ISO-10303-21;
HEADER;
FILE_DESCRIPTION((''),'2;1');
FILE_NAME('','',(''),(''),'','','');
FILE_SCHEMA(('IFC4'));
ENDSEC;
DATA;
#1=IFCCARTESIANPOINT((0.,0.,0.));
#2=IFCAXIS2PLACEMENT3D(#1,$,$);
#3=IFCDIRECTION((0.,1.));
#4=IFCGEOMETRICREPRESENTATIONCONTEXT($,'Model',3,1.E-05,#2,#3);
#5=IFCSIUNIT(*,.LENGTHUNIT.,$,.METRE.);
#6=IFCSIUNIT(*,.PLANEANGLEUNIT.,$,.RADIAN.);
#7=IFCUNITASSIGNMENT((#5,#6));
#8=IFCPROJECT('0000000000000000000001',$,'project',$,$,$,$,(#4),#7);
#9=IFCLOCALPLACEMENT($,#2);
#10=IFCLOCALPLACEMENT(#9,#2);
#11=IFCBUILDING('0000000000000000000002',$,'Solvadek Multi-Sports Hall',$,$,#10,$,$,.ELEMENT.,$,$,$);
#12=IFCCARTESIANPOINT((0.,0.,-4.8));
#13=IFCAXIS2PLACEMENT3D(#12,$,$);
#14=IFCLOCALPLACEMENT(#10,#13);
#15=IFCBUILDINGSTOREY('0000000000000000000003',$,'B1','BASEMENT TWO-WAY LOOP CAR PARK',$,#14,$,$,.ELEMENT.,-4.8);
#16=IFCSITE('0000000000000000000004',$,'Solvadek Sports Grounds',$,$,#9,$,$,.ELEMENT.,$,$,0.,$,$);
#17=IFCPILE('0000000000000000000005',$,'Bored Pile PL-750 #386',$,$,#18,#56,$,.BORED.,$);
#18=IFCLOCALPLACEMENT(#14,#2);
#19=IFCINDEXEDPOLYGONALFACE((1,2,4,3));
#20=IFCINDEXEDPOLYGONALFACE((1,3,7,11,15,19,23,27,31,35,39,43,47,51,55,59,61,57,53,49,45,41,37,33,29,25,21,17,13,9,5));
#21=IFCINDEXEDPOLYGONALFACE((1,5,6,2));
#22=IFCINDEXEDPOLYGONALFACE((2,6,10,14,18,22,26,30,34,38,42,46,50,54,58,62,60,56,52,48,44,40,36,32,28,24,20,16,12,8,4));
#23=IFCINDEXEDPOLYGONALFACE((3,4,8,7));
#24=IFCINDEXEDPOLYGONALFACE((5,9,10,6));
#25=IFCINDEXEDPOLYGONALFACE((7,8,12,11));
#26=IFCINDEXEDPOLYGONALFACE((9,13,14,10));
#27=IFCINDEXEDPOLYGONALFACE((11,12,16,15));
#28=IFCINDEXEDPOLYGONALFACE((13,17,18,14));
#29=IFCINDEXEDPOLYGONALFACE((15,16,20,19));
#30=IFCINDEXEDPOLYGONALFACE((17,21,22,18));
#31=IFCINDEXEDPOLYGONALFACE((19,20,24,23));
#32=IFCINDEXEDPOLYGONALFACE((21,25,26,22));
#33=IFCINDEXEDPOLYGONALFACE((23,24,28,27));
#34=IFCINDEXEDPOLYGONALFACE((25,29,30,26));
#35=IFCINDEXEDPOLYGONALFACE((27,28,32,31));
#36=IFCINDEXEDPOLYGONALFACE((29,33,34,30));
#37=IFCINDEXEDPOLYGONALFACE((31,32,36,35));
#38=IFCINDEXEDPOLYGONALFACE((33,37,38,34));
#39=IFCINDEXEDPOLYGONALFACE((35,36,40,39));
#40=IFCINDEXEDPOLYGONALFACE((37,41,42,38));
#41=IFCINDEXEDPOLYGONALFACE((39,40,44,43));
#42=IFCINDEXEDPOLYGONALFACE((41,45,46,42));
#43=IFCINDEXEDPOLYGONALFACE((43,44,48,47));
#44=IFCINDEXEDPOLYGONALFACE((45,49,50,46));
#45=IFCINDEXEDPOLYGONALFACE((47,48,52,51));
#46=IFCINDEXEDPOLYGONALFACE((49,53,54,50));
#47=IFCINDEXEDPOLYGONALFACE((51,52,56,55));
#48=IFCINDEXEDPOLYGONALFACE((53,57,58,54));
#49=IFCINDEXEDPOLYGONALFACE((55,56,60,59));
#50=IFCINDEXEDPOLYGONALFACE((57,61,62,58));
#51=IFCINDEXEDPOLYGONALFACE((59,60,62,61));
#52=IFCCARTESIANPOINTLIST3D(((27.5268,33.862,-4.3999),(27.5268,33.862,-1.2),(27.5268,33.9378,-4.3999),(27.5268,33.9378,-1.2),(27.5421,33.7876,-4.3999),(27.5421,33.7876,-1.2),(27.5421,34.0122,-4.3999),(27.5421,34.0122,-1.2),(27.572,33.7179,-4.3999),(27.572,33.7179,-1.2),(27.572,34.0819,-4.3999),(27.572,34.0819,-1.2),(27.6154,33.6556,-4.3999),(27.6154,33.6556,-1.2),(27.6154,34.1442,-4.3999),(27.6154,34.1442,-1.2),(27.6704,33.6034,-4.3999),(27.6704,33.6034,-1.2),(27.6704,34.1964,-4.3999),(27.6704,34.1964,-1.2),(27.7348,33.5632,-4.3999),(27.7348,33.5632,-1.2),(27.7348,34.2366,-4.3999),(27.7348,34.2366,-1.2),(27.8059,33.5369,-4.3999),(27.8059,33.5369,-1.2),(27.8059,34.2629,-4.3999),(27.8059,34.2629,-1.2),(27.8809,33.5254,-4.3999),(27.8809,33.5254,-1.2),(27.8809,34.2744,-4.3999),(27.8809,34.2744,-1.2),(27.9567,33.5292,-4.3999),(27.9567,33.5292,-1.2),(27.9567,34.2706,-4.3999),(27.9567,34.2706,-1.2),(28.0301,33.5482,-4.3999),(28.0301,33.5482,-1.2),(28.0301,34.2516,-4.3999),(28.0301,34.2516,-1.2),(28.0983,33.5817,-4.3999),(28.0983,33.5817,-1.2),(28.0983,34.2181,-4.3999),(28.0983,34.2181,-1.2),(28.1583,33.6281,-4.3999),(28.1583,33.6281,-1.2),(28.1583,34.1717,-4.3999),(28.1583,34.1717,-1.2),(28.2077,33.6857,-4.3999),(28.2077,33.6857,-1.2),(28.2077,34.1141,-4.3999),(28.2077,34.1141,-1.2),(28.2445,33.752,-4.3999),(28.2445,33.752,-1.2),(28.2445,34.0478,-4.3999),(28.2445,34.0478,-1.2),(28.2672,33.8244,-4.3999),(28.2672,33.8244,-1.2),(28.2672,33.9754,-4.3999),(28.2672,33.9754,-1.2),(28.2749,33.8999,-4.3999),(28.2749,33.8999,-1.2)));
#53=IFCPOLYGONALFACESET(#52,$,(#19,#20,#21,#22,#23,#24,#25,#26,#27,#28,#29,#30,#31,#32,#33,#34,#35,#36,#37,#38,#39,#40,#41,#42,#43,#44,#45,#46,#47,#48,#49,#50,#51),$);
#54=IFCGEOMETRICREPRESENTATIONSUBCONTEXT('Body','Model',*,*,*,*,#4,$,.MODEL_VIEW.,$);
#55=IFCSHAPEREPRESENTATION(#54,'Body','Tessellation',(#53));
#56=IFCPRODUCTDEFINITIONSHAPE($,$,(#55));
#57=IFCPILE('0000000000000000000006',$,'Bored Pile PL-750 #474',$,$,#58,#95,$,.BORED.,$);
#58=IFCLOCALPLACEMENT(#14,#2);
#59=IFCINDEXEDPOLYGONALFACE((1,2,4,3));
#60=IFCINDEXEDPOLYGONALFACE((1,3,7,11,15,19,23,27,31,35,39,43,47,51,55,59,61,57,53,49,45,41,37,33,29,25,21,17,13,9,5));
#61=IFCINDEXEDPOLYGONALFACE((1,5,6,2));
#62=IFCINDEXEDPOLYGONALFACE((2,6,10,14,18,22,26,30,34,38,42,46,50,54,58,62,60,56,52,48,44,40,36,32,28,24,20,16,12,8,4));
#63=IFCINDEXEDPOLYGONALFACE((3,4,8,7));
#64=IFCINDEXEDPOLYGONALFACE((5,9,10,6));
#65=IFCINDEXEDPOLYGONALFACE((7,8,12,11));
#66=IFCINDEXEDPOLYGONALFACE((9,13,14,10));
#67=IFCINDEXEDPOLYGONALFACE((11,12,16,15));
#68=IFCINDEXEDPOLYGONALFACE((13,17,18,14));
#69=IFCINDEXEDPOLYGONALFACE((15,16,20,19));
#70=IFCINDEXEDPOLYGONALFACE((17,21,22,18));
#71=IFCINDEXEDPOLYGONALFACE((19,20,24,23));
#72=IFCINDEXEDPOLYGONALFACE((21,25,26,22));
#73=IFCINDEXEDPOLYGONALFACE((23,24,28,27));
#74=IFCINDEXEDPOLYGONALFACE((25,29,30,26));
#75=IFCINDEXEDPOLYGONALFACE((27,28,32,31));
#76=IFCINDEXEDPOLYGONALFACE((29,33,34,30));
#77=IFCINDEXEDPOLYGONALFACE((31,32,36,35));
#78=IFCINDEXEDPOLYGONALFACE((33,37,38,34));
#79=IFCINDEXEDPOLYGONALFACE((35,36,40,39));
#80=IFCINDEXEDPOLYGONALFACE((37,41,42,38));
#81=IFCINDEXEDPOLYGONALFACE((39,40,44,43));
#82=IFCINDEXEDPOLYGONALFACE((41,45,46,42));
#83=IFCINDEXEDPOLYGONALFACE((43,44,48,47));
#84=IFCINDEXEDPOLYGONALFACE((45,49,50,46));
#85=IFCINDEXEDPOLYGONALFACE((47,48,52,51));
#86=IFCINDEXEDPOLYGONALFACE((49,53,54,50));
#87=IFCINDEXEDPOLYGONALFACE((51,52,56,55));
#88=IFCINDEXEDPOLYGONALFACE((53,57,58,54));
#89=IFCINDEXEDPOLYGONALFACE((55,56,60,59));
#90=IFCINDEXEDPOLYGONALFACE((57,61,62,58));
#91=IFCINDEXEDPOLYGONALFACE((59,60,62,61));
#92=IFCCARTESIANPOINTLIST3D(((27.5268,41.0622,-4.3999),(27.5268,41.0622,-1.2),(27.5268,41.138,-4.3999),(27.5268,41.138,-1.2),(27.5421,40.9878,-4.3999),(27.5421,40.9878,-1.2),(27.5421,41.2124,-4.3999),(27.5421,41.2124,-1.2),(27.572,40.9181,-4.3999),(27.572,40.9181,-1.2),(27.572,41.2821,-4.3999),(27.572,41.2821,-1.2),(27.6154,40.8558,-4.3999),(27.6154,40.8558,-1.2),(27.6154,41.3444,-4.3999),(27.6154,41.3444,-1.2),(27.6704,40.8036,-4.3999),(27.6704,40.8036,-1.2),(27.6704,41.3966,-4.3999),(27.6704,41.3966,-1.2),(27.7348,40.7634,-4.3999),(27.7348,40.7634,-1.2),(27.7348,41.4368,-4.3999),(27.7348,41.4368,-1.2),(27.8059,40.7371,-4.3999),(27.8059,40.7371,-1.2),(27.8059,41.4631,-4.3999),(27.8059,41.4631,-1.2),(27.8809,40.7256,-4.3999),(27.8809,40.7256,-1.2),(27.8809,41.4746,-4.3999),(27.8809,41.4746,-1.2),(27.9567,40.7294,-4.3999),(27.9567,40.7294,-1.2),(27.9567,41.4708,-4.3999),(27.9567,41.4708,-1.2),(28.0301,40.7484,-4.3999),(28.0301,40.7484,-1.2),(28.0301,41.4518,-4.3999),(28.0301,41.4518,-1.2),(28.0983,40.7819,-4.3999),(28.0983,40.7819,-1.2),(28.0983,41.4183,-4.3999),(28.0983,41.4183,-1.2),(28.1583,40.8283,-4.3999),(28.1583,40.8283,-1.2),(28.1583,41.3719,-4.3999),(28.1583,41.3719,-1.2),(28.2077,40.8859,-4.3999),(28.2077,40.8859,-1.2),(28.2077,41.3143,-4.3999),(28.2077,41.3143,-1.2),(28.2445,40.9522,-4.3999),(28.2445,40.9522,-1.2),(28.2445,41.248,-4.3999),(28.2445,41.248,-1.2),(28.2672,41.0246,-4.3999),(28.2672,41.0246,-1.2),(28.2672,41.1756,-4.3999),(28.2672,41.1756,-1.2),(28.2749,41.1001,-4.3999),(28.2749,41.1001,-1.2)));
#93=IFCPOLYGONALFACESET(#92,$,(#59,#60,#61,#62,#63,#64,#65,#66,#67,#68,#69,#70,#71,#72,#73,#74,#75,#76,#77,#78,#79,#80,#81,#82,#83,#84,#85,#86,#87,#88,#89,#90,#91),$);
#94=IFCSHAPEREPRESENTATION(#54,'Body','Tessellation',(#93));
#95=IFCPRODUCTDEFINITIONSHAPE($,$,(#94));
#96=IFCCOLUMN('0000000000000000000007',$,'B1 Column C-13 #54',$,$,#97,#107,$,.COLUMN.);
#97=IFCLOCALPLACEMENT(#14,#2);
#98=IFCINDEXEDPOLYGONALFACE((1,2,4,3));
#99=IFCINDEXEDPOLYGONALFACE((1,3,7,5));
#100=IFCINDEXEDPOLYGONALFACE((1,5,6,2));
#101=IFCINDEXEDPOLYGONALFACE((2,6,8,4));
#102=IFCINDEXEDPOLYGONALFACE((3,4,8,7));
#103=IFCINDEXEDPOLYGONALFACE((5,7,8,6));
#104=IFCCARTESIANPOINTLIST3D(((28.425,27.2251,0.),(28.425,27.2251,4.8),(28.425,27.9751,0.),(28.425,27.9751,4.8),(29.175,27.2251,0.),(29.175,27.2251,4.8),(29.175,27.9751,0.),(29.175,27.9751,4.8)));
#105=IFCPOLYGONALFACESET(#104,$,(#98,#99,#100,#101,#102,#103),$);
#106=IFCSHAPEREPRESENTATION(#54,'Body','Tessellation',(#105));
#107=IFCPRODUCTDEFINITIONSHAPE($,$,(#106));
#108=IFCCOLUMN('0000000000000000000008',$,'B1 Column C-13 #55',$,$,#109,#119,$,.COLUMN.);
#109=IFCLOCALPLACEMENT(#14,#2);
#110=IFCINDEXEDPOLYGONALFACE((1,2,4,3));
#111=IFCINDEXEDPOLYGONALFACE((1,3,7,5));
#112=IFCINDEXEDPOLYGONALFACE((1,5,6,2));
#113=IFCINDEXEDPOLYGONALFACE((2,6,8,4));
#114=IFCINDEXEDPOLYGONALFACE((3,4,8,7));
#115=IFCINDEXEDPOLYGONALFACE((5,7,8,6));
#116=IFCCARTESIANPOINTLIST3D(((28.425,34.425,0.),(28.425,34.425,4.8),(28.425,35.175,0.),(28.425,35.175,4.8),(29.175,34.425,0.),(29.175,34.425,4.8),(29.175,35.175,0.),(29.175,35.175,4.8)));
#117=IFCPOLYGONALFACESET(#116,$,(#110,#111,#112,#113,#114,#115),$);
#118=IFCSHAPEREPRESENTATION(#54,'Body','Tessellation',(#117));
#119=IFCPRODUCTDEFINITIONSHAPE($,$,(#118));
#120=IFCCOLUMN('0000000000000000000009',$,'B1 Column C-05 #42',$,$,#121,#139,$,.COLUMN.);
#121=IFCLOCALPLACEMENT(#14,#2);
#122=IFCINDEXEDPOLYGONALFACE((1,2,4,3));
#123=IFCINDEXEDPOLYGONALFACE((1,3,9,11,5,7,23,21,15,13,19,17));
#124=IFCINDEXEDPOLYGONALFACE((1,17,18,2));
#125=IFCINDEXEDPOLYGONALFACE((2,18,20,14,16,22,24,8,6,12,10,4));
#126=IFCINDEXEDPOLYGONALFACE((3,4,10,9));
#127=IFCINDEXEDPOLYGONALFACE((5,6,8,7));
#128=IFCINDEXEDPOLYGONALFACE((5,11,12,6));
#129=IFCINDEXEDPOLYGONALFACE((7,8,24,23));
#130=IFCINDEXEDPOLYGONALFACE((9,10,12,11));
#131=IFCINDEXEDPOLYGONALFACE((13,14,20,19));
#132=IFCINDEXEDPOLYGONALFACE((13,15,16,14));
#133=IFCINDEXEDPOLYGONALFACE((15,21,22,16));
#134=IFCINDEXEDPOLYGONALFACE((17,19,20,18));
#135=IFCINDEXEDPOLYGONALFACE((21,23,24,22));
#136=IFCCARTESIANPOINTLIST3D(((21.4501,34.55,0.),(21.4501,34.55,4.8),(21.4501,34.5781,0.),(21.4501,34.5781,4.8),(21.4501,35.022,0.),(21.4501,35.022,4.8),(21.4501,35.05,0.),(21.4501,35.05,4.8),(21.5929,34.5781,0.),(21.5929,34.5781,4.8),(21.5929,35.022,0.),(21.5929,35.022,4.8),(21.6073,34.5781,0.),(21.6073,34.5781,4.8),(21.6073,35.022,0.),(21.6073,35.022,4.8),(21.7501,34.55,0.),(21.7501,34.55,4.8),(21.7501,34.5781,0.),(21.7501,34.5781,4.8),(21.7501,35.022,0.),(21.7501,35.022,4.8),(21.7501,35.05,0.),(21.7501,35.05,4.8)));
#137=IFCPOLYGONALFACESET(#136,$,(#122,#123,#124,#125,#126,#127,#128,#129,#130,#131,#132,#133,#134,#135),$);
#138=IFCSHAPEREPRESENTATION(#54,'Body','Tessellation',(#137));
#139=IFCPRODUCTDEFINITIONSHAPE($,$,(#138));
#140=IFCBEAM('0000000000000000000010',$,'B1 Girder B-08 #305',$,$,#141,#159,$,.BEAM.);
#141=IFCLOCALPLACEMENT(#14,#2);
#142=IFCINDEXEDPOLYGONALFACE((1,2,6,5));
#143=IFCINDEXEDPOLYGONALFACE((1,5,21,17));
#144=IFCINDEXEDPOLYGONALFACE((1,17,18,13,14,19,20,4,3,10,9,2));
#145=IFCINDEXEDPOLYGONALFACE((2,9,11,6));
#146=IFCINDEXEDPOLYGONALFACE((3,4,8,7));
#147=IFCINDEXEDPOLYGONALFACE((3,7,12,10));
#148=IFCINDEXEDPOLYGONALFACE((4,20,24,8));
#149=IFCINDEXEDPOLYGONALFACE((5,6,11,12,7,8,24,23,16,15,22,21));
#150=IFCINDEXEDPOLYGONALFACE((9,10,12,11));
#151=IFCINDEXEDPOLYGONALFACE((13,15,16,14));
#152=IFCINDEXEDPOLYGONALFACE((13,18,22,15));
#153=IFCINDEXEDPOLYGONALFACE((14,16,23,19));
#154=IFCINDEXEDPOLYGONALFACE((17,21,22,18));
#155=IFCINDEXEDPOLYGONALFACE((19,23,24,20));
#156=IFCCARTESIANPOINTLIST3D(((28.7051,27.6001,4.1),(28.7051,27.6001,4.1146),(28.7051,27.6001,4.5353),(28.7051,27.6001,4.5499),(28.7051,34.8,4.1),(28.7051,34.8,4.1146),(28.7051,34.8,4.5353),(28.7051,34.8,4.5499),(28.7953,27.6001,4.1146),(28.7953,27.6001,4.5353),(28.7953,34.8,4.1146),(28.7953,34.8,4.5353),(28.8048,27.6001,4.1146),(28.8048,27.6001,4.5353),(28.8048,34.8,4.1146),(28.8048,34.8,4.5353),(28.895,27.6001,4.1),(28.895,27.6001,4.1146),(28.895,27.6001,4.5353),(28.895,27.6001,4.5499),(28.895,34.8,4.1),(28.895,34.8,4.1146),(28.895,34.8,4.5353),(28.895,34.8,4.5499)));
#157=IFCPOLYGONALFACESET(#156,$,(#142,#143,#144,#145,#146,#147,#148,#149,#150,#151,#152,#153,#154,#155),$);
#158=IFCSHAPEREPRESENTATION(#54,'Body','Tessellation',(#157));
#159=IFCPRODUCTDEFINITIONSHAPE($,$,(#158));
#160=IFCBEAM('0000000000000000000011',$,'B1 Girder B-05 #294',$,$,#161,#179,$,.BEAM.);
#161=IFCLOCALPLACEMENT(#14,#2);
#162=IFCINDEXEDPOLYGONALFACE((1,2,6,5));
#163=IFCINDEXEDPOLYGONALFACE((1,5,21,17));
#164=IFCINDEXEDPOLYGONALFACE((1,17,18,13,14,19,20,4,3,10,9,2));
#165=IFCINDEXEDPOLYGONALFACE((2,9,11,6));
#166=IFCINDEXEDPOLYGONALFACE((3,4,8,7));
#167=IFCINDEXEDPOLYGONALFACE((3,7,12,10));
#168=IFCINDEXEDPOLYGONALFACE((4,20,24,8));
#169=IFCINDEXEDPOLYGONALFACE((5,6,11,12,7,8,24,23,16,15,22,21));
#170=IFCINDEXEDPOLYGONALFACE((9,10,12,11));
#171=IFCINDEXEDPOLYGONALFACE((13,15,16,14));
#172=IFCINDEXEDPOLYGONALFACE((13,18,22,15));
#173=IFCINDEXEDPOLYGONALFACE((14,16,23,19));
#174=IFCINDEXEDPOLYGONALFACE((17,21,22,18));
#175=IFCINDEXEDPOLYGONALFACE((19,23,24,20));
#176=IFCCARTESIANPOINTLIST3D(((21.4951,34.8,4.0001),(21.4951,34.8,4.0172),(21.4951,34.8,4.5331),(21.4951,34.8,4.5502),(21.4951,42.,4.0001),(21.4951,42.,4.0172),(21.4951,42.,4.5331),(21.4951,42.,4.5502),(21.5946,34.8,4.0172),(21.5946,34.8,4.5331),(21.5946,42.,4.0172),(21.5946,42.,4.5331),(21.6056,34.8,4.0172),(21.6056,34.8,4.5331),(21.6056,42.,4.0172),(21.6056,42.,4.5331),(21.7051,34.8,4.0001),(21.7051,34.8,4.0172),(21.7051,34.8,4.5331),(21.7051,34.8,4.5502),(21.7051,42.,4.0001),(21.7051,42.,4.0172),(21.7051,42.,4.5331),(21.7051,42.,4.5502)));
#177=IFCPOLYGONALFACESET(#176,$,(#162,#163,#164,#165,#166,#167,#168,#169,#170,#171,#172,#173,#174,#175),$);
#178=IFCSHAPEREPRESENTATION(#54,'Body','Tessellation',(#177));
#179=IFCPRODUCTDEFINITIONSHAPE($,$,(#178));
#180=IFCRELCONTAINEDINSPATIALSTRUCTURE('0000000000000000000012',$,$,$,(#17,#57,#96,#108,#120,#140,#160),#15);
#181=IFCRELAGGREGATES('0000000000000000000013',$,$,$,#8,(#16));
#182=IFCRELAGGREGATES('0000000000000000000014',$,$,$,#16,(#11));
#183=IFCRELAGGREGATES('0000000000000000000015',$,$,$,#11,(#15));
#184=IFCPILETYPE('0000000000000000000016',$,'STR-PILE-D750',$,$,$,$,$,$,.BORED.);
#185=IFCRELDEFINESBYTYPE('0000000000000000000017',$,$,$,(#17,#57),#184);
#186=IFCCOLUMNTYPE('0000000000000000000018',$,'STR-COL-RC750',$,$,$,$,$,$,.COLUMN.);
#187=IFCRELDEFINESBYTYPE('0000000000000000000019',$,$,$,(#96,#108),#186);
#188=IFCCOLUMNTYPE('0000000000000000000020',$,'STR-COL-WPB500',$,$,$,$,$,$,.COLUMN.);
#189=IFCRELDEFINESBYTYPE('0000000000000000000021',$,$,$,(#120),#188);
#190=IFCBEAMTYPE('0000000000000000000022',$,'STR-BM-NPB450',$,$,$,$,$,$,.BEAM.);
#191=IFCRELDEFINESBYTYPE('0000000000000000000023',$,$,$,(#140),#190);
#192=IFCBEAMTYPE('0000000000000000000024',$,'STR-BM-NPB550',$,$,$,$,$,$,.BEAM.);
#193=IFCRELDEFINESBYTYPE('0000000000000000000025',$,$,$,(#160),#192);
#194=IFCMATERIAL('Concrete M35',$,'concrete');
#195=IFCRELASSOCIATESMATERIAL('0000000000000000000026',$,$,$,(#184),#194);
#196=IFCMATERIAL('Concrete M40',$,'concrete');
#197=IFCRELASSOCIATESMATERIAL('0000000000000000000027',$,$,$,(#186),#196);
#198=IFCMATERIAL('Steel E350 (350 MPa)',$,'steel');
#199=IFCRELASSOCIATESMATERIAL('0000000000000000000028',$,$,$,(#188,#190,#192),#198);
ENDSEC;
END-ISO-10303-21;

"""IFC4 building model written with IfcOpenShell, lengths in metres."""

from ifc_helpers import new_model, si_unit, direction, frame, origin, origin_2d, place, context, subcontext, project, spatial, rectangle, circle, i_section, extrude, material, material_profile, profile_set, type_object, element, save


model = new_model("IFC4")

# Units and contexts
model_context = context("Model", 3, precision=1e-05, world=origin(), true_north=direction((0.0, 1.0)))
body_context = subcontext(model_context, "Body", "Model", "MODEL_VIEW")
ifc_project = project(units=[si_unit("LENGTHUNIT", "METRE"), si_unit("PLANEANGLEUNIT", "RADIAN")], contexts=[model_context])

# Site, building, storey
site_placement = place(None, origin())
site = spatial("IfcSite", under=ifc_project, at=site_placement, Name="Solvadek Sports Grounds", CompositionType="ELEMENT", RefElevation=0.0)
building_placement = place(site_placement, origin())
building = spatial("IfcBuilding", under=site, at=building_placement, Name="Solvadek Multi-Sports Hall", CompositionType="ELEMENT")
storey_placement = place(building_placement, frame((0.0, 0.0, -4.8)))
storey = spatial("IfcBuildingStorey", under=building, at=storey_placement, Name="B1", Description="BASEMENT TWO-WAY LOOP CAR PARK", CompositionType="ELEMENT", Elevation=-4.8)

# Shared definitions
ifc_material_1 = material(Name="Concrete M40", Category="concrete")

# Piles
ifc_material_2 = material(Name="Concrete M35", Category="concrete")
ifc_material_profile_1 = material_profile(ifc_material_2, circle(Radius=0.375, at=origin_2d()), Name="BORED PILE D750")
ifc_profile_set_1 = profile_set([ifc_material_profile_1], Name="Concrete M35")
pile_type = type_object("IfcPileType", Name="STR-PILE-D750", PredefinedType="BORED", material=ifc_profile_set_1)
for number, where, z_axis, x_axis, name in (
    (1, (27.8999, 33.8999, -1.2), (0.0, 0.0, -1.0), (1.0, 0.0, 0.0), "Bored Pile PL-750 #386"),
    (2, (27.8999, 41.1001, -1.2), (0.0, 0.0, -1.0), (1.0, 0.0, 0.0), "Bored Pile PL-750 #474"),
):
    element("IfcPile", number, at=place(storey_placement, frame(where, z_axis=z_axis, x_axis=x_axis)), inside=storey, type_object=pile_type, Name=name, PredefinedType="BORED", context=body_context, shape_type="SweptSolid", body=[
        extrude(circle(Radius=0.375, at=origin_2d()), origin(), (0.0, 0.0, 1.0), 3.2),
    ])

# Columns
ifc_material_profile_2 = material_profile(ifc_material_1, rectangle(XDim=0.75, YDim=0.75, at=origin_2d()), Name="RC 750x750")
ifc_profile_set_2 = profile_set([ifc_material_profile_2], Name="Concrete M40")
column_type_1 = type_object("IfcColumnType", Name="STR-COL-RC750", PredefinedType="COLUMN", material=ifc_profile_set_2)
for number, where, z_axis, x_axis, name in (
    (3, (28.8, 27.6001, 0.0), (0.0, 0.0, 1.0), (1.0, 0.0, 0.0), "B1 Column C-13 #54"),
    (4, (28.8, 34.8, 0.0), (0.0, 0.0, 1.0), (1.0, 0.0, 0.0), "B1 Column C-13 #55"),
):
    element("IfcColumn", number, at=place(storey_placement, frame(where, z_axis=z_axis, x_axis=x_axis)), inside=storey, type_object=column_type_1, Name=name, PredefinedType="COLUMN", context=body_context, shape_type="SweptSolid", body=[
        extrude(rectangle(XDim=0.75, YDim=0.75, at=origin_2d()), origin(), (0.0, 0.0, 1.0), 4.8),
    ])
ifc_material_3 = material(Name="Steel E350 (350 MPa)", Category="steel")
ifc_material_profile_3 = material_profile(ifc_material_3, i_section(OverallWidth=0.3, OverallDepth=0.5, WebThickness=0.0144, FlangeThickness=0.0281, at=origin_2d()), Name="WPB 500")
ifc_profile_set_3 = profile_set([ifc_material_profile_3], Name="Steel E350 (350 MPa)")
column_type_2 = type_object("IfcColumnType", Name="STR-COL-WPB500", PredefinedType="COLUMN", material=ifc_profile_set_3)
column_placement = place(storey_placement, frame((21.6001, 34.8, 0.0), z_axis=(0.0, 0.0, 1.0), x_axis=(1.0, 0.0, 0.0)))
element("IfcColumn", 5, at=column_placement, inside=storey, type_object=column_type_2, Name="B1 Column C-05 #42", PredefinedType="COLUMN", context=body_context, shape_type="SweptSolid", body=[
    extrude(i_section(OverallWidth=0.3, OverallDepth=0.5, WebThickness=0.0144, FlangeThickness=0.0281, at=origin_2d()), origin(), (0.0, 0.0, 1.0), 4.8),
])

# Beams
ifc_material_profile_4 = material_profile(ifc_material_3, i_section(OverallWidth=0.1899, OverallDepth=0.45, WebThickness=0.0095, FlangeThickness=0.0146, at=origin_2d()), Name="NPB 450")
ifc_profile_set_4 = profile_set([ifc_material_profile_4], Name="Steel E350 (350 MPa)")
beam_type_1 = type_object("IfcBeamType", Name="STR-BM-NPB450", PredefinedType="BEAM", material=ifc_profile_set_4)
beam_placement = place(storey_placement, frame((28.8, 27.6001, 4.325), z_axis=(0.0, 1.0, 0.0), x_axis=(-1.0, 0.0, 0.0)))
element("IfcBeam", 6, at=beam_placement, inside=storey, type_object=beam_type_1, Name="B1 Girder B-08 #305", PredefinedType="BEAM", context=body_context, shape_type="SweptSolid", body=[
    extrude(i_section(OverallWidth=0.1899, OverallDepth=0.45, WebThickness=0.0095, FlangeThickness=0.0146, at=origin_2d()), origin(), (0.0, 0.0, 1.0), 7.2),
])
ifc_material_profile_5 = material_profile(ifc_material_3, i_section(OverallWidth=0.21, OverallDepth=0.55, WebThickness=0.011, FlangeThickness=0.0171, at=origin_2d()), Name="NPB 550")
ifc_profile_set_5 = profile_set([ifc_material_profile_5], Name="Steel E350 (350 MPa)")
beam_type_2 = type_object("IfcBeamType", Name="STR-BM-NPB550", PredefinedType="BEAM", material=ifc_profile_set_5)
for number, where, z_axis, x_axis, name in (
    (7, (21.6001, 34.8, 4.2751), (0.0, 1.0, 0.0), (-1.0, 0.0, 0.0), "B1 Girder B-05 #294"),
):
    element("IfcBeam", number, at=place(storey_placement, frame(where, z_axis=z_axis, x_axis=x_axis)), inside=storey, type_object=beam_type_2, Name=name, PredefinedType="BEAM", context=body_context, shape_type="SweptSolid", body=[
        extrude(i_section(OverallWidth=0.21, OverallDepth=0.55, WebThickness=0.011, FlangeThickness=0.0171, at=origin_2d()), origin(), (0.0, 0.0, 1.0), 7.2),
    ])

save(model, "model.ifc")
